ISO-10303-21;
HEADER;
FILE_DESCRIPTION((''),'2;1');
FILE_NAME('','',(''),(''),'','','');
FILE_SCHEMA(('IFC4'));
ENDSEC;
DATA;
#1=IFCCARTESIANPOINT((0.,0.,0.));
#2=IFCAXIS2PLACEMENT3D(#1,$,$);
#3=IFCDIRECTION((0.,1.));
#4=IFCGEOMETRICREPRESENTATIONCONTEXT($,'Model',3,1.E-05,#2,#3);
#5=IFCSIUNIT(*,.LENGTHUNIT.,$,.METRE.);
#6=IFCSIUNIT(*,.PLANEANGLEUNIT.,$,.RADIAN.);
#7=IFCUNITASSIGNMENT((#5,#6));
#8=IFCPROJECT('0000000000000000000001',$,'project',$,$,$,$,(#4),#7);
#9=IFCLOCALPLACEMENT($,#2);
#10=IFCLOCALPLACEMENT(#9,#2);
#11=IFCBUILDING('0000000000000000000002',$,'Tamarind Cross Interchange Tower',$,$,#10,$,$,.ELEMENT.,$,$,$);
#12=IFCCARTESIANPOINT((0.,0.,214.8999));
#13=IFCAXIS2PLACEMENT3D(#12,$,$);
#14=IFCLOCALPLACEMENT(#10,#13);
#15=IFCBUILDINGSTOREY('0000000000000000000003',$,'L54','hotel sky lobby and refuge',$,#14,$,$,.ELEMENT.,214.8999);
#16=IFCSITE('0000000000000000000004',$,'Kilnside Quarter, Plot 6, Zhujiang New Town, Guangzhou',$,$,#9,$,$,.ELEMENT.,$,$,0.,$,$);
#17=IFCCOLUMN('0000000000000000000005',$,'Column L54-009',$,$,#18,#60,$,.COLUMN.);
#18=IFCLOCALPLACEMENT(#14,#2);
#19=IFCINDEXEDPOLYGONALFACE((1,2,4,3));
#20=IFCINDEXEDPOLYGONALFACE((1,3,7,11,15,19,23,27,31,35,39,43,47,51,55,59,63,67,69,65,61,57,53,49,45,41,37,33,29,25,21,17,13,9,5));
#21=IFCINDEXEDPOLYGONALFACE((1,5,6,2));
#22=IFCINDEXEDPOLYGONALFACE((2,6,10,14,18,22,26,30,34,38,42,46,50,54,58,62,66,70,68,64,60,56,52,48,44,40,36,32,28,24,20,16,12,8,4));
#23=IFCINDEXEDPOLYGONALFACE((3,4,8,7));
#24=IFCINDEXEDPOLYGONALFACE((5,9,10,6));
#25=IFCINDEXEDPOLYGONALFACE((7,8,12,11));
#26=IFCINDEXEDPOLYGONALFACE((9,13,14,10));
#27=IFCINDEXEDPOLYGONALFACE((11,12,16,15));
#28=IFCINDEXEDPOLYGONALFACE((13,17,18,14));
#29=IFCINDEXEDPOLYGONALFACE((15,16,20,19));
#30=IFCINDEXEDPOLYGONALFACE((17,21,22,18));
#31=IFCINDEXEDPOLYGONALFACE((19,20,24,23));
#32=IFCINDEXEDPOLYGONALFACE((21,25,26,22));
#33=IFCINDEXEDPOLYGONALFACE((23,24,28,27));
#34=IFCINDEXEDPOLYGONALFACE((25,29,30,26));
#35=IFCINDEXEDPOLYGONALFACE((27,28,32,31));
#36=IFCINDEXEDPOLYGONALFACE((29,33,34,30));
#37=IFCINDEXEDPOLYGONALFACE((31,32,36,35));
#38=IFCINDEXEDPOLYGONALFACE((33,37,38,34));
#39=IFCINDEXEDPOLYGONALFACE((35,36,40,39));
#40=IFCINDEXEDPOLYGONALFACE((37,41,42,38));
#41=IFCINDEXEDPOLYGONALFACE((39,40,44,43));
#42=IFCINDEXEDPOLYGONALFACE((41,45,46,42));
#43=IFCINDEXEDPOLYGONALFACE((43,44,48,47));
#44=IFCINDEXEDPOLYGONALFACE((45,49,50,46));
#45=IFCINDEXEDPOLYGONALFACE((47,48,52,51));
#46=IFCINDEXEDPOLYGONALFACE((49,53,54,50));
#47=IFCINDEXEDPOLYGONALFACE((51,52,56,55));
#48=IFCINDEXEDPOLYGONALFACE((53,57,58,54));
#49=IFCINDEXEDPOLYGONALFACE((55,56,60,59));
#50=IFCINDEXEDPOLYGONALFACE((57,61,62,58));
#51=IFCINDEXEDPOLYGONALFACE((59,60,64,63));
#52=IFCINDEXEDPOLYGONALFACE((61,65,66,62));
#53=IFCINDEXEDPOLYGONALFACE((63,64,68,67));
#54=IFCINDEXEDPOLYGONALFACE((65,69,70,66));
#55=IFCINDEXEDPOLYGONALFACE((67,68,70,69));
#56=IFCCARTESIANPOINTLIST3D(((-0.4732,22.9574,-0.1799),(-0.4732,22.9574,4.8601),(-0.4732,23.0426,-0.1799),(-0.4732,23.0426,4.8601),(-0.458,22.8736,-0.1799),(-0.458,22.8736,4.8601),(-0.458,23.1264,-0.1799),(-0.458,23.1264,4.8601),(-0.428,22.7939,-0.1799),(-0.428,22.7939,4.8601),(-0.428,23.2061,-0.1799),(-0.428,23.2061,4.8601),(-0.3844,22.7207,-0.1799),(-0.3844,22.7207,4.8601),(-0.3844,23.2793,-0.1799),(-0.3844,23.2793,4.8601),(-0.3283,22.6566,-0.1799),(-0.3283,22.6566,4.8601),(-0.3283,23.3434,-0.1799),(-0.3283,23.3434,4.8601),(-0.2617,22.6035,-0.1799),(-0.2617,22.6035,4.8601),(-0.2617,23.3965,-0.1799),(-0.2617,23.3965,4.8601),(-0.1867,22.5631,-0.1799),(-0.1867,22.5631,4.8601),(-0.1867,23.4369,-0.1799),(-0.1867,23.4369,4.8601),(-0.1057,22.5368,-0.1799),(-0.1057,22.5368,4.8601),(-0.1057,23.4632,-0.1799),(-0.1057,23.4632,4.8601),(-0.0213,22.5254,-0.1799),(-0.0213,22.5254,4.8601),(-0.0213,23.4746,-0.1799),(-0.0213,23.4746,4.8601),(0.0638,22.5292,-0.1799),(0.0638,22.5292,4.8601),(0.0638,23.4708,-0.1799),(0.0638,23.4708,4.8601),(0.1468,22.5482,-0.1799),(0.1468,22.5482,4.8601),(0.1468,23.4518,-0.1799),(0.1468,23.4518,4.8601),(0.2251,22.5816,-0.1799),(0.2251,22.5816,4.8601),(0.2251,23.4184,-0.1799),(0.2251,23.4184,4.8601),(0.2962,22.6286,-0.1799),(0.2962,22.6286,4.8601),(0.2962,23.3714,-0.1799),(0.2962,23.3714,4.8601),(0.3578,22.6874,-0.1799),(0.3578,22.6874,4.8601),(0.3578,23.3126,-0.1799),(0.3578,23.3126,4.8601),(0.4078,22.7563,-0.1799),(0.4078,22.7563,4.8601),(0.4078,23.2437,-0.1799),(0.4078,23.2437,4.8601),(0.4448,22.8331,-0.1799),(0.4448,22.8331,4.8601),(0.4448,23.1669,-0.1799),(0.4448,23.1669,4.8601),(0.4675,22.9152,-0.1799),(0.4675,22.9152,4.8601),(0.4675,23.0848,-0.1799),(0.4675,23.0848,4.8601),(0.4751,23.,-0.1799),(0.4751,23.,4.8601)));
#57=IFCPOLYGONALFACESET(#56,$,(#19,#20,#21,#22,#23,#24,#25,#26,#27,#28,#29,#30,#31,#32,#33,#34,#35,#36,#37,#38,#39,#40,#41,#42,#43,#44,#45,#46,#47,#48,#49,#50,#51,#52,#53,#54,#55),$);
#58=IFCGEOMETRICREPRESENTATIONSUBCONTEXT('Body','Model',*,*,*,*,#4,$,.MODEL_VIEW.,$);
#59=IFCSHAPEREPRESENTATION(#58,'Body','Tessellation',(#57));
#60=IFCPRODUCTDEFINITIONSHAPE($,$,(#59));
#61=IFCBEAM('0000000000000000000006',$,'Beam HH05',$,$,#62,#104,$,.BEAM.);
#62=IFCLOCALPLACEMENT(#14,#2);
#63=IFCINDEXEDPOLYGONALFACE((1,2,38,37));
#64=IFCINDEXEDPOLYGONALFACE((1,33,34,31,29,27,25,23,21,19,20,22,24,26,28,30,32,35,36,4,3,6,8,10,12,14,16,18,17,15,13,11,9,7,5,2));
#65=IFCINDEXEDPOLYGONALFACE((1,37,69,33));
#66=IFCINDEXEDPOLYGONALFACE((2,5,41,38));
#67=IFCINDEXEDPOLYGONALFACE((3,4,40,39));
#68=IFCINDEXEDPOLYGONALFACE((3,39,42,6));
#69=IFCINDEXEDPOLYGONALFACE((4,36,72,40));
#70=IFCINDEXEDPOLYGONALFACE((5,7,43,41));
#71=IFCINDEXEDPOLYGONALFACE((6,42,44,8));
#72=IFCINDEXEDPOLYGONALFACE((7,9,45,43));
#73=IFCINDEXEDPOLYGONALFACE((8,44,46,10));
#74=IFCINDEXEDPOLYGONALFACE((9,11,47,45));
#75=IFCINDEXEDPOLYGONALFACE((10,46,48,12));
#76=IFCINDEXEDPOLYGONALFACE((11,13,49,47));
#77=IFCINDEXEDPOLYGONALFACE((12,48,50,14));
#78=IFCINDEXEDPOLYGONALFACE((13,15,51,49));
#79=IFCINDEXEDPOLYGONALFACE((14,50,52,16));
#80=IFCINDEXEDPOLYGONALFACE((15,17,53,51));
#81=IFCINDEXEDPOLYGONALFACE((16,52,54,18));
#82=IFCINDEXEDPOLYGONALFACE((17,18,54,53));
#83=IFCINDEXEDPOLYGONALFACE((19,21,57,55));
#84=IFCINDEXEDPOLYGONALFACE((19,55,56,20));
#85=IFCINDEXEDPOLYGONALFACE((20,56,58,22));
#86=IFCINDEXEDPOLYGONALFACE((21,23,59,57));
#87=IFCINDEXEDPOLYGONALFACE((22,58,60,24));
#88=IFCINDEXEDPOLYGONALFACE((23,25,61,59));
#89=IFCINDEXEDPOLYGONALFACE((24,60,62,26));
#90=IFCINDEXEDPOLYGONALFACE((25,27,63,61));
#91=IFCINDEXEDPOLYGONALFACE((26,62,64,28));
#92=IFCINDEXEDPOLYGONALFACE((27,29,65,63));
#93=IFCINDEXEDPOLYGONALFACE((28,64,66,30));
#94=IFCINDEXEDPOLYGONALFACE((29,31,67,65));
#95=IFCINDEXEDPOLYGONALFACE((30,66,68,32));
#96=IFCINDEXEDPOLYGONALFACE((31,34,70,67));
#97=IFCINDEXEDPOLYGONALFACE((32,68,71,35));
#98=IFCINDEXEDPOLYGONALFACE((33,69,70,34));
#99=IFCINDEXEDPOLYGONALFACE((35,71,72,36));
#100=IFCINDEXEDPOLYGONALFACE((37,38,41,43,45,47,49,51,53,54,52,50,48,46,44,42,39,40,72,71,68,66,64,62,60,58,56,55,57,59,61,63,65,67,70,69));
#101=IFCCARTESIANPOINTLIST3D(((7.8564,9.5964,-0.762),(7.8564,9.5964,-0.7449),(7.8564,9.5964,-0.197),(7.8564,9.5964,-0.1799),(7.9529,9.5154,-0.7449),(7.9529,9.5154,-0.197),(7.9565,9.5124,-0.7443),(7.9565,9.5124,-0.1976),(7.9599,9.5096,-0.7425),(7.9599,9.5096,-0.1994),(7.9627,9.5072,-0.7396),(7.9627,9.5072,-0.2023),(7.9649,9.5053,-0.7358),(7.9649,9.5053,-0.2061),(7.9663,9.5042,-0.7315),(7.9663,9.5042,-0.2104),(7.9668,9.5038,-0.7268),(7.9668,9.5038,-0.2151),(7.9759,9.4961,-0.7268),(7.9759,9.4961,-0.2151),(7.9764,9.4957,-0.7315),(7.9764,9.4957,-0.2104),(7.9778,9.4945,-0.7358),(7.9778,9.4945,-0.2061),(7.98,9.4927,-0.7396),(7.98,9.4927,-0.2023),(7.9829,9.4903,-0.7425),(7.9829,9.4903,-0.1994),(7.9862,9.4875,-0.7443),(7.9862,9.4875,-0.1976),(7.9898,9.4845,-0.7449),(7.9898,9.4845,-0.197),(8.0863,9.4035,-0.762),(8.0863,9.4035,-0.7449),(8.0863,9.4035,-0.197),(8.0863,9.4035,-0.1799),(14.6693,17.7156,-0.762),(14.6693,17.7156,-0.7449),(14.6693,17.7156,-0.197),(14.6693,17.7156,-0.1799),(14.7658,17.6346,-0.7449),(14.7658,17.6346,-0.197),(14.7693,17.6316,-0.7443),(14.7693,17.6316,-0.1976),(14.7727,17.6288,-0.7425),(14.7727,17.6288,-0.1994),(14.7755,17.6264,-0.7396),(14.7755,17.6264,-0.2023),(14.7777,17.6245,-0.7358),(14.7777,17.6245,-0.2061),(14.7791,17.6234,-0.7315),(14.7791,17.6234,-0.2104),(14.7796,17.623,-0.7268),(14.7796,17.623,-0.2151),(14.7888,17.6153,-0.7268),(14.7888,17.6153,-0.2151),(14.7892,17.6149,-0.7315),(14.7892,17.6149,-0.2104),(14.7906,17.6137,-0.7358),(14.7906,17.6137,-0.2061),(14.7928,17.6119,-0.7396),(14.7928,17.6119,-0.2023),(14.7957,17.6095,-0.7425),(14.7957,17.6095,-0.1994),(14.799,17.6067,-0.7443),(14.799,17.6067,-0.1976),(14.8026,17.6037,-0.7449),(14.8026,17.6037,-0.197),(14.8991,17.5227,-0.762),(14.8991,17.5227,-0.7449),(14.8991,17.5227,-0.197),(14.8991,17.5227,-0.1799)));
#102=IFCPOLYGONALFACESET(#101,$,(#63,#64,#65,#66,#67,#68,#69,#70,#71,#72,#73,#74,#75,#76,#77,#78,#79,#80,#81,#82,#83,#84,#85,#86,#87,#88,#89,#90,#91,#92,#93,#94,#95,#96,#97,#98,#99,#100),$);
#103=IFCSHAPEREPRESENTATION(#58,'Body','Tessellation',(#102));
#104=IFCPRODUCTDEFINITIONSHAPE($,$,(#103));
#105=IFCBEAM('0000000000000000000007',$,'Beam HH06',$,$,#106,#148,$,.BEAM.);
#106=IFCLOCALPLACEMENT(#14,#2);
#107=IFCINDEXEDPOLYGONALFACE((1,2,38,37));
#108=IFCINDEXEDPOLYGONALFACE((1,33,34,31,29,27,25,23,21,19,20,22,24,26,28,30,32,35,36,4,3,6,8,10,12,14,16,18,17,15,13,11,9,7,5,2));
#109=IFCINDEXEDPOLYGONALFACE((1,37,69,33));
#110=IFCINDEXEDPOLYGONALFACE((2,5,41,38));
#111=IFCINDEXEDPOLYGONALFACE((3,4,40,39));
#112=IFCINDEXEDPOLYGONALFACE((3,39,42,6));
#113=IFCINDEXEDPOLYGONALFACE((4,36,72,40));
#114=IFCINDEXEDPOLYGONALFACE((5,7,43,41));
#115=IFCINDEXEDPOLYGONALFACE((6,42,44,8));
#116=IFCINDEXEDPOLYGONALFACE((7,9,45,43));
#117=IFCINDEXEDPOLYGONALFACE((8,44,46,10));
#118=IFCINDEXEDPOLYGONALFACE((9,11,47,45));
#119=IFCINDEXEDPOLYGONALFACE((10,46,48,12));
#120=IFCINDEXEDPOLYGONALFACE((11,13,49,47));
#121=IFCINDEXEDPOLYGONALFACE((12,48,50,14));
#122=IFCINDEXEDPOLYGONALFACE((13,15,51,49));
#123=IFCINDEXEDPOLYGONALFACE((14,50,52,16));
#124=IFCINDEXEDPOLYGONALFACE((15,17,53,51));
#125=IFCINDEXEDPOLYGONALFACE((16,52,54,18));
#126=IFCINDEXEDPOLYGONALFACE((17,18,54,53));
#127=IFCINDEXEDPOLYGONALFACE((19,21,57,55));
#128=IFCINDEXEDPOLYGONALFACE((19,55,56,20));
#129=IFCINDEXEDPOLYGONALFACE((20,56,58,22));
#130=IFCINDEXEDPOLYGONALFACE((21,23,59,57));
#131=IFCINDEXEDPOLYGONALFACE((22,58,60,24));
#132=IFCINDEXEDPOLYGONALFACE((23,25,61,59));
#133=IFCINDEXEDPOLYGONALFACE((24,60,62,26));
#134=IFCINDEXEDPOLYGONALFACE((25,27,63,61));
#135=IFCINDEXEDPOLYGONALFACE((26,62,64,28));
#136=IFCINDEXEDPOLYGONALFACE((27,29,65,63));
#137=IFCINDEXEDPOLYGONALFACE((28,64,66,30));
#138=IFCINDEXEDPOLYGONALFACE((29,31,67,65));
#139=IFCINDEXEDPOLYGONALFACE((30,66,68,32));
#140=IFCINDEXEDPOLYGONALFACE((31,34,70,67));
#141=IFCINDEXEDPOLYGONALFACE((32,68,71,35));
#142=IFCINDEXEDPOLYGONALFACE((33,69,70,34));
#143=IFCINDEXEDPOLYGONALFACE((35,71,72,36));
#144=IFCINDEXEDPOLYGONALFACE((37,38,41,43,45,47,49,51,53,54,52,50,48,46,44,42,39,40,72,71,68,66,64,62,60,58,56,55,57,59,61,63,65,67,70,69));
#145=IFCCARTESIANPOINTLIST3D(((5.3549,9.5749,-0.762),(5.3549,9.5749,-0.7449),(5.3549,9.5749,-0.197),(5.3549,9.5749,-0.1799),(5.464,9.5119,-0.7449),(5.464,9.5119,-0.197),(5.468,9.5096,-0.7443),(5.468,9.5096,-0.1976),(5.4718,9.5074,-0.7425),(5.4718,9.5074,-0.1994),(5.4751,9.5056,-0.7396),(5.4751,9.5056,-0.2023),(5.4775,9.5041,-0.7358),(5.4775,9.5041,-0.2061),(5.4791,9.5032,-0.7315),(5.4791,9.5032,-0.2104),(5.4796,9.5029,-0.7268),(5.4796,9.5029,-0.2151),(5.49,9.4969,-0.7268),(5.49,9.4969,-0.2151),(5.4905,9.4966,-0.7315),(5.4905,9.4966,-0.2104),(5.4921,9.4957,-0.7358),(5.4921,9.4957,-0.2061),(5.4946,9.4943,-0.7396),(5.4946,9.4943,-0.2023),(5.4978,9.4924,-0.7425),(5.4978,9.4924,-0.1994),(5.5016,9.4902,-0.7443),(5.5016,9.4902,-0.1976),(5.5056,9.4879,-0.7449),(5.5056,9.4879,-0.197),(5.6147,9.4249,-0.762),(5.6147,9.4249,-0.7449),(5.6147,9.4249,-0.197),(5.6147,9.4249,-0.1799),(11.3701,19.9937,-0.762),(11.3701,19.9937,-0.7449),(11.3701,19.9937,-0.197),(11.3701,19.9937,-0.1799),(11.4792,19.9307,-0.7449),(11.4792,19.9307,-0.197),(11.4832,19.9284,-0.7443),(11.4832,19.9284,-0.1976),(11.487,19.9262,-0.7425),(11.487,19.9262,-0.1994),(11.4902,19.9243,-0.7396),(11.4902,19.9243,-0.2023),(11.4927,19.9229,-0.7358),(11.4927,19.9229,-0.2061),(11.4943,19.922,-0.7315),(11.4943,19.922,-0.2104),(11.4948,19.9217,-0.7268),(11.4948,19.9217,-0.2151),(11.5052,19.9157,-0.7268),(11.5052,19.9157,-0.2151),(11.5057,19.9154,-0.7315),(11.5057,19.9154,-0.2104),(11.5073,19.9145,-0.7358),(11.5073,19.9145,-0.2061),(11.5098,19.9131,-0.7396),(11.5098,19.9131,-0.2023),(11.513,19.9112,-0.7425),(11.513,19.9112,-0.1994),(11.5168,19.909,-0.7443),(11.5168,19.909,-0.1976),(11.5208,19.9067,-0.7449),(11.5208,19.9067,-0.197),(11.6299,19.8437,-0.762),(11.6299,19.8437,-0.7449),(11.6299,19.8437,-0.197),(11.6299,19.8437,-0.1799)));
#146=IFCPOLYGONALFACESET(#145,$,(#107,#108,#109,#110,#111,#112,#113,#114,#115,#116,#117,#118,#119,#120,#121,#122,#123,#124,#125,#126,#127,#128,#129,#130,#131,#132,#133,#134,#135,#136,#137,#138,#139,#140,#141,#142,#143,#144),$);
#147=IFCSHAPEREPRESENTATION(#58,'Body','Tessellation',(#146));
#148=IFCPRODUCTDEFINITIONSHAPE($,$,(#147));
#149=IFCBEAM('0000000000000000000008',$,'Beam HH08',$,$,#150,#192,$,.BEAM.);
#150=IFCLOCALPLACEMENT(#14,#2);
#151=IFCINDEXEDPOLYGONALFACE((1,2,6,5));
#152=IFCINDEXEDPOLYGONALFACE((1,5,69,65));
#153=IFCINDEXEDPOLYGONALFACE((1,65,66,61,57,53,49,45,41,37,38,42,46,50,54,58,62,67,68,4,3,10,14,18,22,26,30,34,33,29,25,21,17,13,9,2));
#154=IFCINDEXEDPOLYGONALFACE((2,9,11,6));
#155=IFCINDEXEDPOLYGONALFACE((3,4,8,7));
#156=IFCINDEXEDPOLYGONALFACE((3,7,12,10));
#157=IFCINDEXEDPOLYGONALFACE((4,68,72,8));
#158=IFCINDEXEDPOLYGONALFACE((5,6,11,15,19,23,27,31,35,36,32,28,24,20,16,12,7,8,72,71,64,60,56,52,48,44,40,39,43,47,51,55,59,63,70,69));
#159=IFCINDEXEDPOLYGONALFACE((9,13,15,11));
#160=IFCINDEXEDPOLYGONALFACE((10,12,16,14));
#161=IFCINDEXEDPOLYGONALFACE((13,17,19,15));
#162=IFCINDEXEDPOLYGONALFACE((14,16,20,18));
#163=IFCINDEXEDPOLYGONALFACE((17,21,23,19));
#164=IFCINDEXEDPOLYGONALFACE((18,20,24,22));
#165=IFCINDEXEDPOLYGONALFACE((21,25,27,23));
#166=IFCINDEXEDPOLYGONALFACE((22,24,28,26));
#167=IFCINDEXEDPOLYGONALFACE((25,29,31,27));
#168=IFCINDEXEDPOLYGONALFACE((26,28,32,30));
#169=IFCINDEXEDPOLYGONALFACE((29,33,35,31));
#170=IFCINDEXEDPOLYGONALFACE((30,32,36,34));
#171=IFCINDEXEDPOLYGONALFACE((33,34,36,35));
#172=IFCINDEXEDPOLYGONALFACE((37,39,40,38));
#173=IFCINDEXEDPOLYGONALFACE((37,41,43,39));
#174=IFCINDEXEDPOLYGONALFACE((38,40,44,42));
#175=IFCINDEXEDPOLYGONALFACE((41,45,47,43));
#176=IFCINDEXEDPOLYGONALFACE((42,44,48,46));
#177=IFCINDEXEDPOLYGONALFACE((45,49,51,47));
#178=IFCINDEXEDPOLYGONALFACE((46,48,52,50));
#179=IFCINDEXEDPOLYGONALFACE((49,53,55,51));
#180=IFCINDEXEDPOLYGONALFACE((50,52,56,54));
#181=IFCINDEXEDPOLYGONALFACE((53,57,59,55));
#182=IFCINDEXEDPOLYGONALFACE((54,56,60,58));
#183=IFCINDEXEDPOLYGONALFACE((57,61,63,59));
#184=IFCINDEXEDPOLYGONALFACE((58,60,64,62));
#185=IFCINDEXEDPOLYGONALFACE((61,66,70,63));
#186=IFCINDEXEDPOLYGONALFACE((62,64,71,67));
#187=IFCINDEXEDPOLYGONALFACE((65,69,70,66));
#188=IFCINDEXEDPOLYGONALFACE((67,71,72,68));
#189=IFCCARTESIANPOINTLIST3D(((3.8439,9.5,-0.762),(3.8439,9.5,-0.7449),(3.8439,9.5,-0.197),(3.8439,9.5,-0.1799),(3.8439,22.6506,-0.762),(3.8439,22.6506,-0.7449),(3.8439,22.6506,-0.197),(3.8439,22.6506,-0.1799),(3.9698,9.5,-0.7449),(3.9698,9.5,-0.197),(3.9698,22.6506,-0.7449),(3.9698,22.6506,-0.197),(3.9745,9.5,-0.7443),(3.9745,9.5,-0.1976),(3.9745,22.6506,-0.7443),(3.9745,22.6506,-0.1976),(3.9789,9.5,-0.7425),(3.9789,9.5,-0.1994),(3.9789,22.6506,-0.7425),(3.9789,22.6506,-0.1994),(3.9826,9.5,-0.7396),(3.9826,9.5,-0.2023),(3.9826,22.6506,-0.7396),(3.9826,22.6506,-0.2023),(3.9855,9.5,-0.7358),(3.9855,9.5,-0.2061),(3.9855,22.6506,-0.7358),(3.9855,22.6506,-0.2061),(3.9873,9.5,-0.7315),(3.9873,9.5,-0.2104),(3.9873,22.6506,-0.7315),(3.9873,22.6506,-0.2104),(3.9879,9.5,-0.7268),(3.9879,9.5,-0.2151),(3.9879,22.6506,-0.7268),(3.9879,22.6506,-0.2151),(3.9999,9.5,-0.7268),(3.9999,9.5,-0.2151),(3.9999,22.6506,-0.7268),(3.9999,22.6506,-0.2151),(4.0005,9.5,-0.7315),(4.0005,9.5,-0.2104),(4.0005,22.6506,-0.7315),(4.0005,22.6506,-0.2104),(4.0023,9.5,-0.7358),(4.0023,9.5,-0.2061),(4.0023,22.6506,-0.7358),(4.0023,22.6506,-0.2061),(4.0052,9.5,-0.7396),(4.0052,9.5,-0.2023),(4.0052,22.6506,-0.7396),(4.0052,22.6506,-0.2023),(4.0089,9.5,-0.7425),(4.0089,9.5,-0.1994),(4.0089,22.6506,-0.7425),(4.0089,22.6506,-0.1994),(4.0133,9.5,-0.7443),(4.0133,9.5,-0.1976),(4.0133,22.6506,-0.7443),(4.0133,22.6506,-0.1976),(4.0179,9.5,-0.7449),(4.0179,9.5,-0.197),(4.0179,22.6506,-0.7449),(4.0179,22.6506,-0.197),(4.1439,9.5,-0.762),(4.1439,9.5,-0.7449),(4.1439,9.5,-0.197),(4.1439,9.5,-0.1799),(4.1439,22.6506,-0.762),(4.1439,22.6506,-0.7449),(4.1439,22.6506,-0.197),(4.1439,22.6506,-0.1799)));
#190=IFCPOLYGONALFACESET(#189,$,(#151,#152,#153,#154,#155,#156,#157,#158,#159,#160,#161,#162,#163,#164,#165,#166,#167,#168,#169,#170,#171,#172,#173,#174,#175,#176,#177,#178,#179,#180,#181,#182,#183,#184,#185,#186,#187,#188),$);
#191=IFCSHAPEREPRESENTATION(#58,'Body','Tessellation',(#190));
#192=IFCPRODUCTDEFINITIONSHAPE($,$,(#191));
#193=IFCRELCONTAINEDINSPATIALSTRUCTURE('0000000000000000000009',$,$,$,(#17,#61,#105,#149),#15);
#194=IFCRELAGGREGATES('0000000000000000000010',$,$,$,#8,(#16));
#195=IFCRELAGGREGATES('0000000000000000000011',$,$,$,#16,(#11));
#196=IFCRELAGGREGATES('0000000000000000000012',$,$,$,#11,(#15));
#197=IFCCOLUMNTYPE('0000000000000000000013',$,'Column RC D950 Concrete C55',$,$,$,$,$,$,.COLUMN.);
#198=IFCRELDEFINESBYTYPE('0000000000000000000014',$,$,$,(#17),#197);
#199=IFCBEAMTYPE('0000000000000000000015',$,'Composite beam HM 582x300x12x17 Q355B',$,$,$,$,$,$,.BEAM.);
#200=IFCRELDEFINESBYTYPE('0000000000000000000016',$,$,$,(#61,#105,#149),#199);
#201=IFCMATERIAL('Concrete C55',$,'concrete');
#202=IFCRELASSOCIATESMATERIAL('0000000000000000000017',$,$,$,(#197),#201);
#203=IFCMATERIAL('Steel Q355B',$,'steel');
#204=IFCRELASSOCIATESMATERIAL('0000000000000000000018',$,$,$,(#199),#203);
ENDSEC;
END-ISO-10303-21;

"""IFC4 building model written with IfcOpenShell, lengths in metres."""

from ifc_helpers import new_model, si_unit, direction, frame, origin, origin_2d, place, context, subcontext, project, spatial, circle, i_section, extrude, material, material_profile, profile_set, type_object, element, save


model = new_model("IFC4")

# Units and contexts
model_context = context("Model", 3, precision=1e-05, world=origin(), true_north=direction((0.0, 1.0)))
body_context = subcontext(model_context, "Body", "Model", "MODEL_VIEW")
ifc_project = project(units=[si_unit("LENGTHUNIT", "METRE"), si_unit("PLANEANGLEUNIT", "RADIAN")], contexts=[model_context])

# Site, building, storey
site_placement = place(None, origin())
site = spatial("IfcSite", under=ifc_project, at=site_placement, Name="Kilnside Quarter, Plot 6, Zhujiang New Town, Guangzhou", CompositionType="ELEMENT", RefElevation=0.0)
building_placement = place(site_placement, origin())
building = spatial("IfcBuilding", under=site, at=building_placement, Name="Tamarind Cross Interchange Tower", CompositionType="ELEMENT")
storey_placement = place(building_placement, frame((0.0, 0.0, 214.8999)))
storey = spatial("IfcBuildingStorey", under=building, at=storey_placement, Name="L54", Description="hotel sky lobby and refuge", CompositionType="ELEMENT", Elevation=214.8999)

# Column
ifc_material_1 = material(Name="Concrete C55", Category="concrete")
ifc_material_profile_1 = material_profile(ifc_material_1, circle(Radius=0.4751, at=origin_2d()), Name="RC D950")
ifc_profile_set_1 = profile_set([ifc_material_profile_1], Name="Concrete C55")
column_type = type_object("IfcColumnType", Name="Column RC D950 Concrete C55", PredefinedType="COLUMN", material=ifc_profile_set_1)
for number, where, z_axis, x_axis, name in (
    (1, (0.0, 23.0, -0.1799), (0.0, 0.0, 1.0), (1.0, 0.0, 0.0), "Column L54-009"),
):
    element("IfcColumn", number, at=place(storey_placement, frame(where, z_axis=z_axis, x_axis=x_axis)), inside=storey, type_object=column_type, Name=name, PredefinedType="COLUMN", context=body_context, shape_type="SweptSolid", body=[
        extrude(circle(Radius=0.4751, at=origin_2d()), origin(), (0.0, 0.0, 1.0), 5.04),
    ])

# Beams
ifc_material_2 = material(Name="Steel Q355B", Category="steel")
ifc_material_profile_2 = material_profile(ifc_material_2, i_section(OverallWidth=0.3, OverallDepth=0.582, WebThickness=0.012, FlangeThickness=0.0171, FilletRadius=0.0181, at=origin_2d()), Name="HM 582x300x12x17")
ifc_profile_set_2 = profile_set([ifc_material_profile_2], Name="Steel Q355B")
beam_type = type_object("IfcBeamType", Name="Composite beam HM 582x300x12x17 Q355B", PredefinedType="BEAM", material=ifc_profile_set_2)
beam_1_placement = place(storey_placement, frame((14.7842, 17.6191, -0.4709), z_axis=(-0.642786, -0.766046, 0.0), x_axis=(0.766046, -0.642786, 0.0)))
element("IfcBeam", 2, at=beam_1_placement, inside=storey, type_object=beam_type, Name="Beam HH05", PredefinedType="BEAM", context=body_context, shape_type="SweptSolid", body=[
    extrude(i_section(OverallWidth=0.3, OverallDepth=0.582, WebThickness=0.012, FlangeThickness=0.0171, FilletRadius=0.0181, at=origin_2d()), origin(), (0.0, 0.0, 1.0), 10.5989),
])
beam_2_placement = place(storey_placement, frame((11.5, 19.9187, -0.4709), z_axis=(-0.499994, -0.866029, 0.0), x_axis=(0.866029, -0.499994, 0.0)))
element("IfcBeam", 3, at=beam_2_placement, inside=storey, type_object=beam_type, Name="Beam HH06", PredefinedType="BEAM", context=body_context, shape_type="SweptSolid", body=[
    extrude(i_section(OverallWidth=0.3, OverallDepth=0.582, WebThickness=0.012, FlangeThickness=0.0171, FilletRadius=0.0181, at=origin_2d()), origin(), (0.0, 0.0, 1.0), 12.0305),
])
beam_3_placement = place(storey_placement, frame((3.9939, 22.6506, -0.4709), z_axis=(0.0, -1.0, 0.0), x_axis=(1.0, 0.0, 0.0)))
element("IfcBeam", 4, at=beam_3_placement, inside=storey, type_object=beam_type, Name="Beam HH08", PredefinedType="BEAM", context=body_context, shape_type="SweptSolid", body=[
    extrude(i_section(OverallWidth=0.3, OverallDepth=0.582, WebThickness=0.012, FlangeThickness=0.0171, FilletRadius=0.0181, at=origin_2d()), origin(), (0.0, 0.0, 1.0), 13.1506),
])

save(model, "model.ifc")
